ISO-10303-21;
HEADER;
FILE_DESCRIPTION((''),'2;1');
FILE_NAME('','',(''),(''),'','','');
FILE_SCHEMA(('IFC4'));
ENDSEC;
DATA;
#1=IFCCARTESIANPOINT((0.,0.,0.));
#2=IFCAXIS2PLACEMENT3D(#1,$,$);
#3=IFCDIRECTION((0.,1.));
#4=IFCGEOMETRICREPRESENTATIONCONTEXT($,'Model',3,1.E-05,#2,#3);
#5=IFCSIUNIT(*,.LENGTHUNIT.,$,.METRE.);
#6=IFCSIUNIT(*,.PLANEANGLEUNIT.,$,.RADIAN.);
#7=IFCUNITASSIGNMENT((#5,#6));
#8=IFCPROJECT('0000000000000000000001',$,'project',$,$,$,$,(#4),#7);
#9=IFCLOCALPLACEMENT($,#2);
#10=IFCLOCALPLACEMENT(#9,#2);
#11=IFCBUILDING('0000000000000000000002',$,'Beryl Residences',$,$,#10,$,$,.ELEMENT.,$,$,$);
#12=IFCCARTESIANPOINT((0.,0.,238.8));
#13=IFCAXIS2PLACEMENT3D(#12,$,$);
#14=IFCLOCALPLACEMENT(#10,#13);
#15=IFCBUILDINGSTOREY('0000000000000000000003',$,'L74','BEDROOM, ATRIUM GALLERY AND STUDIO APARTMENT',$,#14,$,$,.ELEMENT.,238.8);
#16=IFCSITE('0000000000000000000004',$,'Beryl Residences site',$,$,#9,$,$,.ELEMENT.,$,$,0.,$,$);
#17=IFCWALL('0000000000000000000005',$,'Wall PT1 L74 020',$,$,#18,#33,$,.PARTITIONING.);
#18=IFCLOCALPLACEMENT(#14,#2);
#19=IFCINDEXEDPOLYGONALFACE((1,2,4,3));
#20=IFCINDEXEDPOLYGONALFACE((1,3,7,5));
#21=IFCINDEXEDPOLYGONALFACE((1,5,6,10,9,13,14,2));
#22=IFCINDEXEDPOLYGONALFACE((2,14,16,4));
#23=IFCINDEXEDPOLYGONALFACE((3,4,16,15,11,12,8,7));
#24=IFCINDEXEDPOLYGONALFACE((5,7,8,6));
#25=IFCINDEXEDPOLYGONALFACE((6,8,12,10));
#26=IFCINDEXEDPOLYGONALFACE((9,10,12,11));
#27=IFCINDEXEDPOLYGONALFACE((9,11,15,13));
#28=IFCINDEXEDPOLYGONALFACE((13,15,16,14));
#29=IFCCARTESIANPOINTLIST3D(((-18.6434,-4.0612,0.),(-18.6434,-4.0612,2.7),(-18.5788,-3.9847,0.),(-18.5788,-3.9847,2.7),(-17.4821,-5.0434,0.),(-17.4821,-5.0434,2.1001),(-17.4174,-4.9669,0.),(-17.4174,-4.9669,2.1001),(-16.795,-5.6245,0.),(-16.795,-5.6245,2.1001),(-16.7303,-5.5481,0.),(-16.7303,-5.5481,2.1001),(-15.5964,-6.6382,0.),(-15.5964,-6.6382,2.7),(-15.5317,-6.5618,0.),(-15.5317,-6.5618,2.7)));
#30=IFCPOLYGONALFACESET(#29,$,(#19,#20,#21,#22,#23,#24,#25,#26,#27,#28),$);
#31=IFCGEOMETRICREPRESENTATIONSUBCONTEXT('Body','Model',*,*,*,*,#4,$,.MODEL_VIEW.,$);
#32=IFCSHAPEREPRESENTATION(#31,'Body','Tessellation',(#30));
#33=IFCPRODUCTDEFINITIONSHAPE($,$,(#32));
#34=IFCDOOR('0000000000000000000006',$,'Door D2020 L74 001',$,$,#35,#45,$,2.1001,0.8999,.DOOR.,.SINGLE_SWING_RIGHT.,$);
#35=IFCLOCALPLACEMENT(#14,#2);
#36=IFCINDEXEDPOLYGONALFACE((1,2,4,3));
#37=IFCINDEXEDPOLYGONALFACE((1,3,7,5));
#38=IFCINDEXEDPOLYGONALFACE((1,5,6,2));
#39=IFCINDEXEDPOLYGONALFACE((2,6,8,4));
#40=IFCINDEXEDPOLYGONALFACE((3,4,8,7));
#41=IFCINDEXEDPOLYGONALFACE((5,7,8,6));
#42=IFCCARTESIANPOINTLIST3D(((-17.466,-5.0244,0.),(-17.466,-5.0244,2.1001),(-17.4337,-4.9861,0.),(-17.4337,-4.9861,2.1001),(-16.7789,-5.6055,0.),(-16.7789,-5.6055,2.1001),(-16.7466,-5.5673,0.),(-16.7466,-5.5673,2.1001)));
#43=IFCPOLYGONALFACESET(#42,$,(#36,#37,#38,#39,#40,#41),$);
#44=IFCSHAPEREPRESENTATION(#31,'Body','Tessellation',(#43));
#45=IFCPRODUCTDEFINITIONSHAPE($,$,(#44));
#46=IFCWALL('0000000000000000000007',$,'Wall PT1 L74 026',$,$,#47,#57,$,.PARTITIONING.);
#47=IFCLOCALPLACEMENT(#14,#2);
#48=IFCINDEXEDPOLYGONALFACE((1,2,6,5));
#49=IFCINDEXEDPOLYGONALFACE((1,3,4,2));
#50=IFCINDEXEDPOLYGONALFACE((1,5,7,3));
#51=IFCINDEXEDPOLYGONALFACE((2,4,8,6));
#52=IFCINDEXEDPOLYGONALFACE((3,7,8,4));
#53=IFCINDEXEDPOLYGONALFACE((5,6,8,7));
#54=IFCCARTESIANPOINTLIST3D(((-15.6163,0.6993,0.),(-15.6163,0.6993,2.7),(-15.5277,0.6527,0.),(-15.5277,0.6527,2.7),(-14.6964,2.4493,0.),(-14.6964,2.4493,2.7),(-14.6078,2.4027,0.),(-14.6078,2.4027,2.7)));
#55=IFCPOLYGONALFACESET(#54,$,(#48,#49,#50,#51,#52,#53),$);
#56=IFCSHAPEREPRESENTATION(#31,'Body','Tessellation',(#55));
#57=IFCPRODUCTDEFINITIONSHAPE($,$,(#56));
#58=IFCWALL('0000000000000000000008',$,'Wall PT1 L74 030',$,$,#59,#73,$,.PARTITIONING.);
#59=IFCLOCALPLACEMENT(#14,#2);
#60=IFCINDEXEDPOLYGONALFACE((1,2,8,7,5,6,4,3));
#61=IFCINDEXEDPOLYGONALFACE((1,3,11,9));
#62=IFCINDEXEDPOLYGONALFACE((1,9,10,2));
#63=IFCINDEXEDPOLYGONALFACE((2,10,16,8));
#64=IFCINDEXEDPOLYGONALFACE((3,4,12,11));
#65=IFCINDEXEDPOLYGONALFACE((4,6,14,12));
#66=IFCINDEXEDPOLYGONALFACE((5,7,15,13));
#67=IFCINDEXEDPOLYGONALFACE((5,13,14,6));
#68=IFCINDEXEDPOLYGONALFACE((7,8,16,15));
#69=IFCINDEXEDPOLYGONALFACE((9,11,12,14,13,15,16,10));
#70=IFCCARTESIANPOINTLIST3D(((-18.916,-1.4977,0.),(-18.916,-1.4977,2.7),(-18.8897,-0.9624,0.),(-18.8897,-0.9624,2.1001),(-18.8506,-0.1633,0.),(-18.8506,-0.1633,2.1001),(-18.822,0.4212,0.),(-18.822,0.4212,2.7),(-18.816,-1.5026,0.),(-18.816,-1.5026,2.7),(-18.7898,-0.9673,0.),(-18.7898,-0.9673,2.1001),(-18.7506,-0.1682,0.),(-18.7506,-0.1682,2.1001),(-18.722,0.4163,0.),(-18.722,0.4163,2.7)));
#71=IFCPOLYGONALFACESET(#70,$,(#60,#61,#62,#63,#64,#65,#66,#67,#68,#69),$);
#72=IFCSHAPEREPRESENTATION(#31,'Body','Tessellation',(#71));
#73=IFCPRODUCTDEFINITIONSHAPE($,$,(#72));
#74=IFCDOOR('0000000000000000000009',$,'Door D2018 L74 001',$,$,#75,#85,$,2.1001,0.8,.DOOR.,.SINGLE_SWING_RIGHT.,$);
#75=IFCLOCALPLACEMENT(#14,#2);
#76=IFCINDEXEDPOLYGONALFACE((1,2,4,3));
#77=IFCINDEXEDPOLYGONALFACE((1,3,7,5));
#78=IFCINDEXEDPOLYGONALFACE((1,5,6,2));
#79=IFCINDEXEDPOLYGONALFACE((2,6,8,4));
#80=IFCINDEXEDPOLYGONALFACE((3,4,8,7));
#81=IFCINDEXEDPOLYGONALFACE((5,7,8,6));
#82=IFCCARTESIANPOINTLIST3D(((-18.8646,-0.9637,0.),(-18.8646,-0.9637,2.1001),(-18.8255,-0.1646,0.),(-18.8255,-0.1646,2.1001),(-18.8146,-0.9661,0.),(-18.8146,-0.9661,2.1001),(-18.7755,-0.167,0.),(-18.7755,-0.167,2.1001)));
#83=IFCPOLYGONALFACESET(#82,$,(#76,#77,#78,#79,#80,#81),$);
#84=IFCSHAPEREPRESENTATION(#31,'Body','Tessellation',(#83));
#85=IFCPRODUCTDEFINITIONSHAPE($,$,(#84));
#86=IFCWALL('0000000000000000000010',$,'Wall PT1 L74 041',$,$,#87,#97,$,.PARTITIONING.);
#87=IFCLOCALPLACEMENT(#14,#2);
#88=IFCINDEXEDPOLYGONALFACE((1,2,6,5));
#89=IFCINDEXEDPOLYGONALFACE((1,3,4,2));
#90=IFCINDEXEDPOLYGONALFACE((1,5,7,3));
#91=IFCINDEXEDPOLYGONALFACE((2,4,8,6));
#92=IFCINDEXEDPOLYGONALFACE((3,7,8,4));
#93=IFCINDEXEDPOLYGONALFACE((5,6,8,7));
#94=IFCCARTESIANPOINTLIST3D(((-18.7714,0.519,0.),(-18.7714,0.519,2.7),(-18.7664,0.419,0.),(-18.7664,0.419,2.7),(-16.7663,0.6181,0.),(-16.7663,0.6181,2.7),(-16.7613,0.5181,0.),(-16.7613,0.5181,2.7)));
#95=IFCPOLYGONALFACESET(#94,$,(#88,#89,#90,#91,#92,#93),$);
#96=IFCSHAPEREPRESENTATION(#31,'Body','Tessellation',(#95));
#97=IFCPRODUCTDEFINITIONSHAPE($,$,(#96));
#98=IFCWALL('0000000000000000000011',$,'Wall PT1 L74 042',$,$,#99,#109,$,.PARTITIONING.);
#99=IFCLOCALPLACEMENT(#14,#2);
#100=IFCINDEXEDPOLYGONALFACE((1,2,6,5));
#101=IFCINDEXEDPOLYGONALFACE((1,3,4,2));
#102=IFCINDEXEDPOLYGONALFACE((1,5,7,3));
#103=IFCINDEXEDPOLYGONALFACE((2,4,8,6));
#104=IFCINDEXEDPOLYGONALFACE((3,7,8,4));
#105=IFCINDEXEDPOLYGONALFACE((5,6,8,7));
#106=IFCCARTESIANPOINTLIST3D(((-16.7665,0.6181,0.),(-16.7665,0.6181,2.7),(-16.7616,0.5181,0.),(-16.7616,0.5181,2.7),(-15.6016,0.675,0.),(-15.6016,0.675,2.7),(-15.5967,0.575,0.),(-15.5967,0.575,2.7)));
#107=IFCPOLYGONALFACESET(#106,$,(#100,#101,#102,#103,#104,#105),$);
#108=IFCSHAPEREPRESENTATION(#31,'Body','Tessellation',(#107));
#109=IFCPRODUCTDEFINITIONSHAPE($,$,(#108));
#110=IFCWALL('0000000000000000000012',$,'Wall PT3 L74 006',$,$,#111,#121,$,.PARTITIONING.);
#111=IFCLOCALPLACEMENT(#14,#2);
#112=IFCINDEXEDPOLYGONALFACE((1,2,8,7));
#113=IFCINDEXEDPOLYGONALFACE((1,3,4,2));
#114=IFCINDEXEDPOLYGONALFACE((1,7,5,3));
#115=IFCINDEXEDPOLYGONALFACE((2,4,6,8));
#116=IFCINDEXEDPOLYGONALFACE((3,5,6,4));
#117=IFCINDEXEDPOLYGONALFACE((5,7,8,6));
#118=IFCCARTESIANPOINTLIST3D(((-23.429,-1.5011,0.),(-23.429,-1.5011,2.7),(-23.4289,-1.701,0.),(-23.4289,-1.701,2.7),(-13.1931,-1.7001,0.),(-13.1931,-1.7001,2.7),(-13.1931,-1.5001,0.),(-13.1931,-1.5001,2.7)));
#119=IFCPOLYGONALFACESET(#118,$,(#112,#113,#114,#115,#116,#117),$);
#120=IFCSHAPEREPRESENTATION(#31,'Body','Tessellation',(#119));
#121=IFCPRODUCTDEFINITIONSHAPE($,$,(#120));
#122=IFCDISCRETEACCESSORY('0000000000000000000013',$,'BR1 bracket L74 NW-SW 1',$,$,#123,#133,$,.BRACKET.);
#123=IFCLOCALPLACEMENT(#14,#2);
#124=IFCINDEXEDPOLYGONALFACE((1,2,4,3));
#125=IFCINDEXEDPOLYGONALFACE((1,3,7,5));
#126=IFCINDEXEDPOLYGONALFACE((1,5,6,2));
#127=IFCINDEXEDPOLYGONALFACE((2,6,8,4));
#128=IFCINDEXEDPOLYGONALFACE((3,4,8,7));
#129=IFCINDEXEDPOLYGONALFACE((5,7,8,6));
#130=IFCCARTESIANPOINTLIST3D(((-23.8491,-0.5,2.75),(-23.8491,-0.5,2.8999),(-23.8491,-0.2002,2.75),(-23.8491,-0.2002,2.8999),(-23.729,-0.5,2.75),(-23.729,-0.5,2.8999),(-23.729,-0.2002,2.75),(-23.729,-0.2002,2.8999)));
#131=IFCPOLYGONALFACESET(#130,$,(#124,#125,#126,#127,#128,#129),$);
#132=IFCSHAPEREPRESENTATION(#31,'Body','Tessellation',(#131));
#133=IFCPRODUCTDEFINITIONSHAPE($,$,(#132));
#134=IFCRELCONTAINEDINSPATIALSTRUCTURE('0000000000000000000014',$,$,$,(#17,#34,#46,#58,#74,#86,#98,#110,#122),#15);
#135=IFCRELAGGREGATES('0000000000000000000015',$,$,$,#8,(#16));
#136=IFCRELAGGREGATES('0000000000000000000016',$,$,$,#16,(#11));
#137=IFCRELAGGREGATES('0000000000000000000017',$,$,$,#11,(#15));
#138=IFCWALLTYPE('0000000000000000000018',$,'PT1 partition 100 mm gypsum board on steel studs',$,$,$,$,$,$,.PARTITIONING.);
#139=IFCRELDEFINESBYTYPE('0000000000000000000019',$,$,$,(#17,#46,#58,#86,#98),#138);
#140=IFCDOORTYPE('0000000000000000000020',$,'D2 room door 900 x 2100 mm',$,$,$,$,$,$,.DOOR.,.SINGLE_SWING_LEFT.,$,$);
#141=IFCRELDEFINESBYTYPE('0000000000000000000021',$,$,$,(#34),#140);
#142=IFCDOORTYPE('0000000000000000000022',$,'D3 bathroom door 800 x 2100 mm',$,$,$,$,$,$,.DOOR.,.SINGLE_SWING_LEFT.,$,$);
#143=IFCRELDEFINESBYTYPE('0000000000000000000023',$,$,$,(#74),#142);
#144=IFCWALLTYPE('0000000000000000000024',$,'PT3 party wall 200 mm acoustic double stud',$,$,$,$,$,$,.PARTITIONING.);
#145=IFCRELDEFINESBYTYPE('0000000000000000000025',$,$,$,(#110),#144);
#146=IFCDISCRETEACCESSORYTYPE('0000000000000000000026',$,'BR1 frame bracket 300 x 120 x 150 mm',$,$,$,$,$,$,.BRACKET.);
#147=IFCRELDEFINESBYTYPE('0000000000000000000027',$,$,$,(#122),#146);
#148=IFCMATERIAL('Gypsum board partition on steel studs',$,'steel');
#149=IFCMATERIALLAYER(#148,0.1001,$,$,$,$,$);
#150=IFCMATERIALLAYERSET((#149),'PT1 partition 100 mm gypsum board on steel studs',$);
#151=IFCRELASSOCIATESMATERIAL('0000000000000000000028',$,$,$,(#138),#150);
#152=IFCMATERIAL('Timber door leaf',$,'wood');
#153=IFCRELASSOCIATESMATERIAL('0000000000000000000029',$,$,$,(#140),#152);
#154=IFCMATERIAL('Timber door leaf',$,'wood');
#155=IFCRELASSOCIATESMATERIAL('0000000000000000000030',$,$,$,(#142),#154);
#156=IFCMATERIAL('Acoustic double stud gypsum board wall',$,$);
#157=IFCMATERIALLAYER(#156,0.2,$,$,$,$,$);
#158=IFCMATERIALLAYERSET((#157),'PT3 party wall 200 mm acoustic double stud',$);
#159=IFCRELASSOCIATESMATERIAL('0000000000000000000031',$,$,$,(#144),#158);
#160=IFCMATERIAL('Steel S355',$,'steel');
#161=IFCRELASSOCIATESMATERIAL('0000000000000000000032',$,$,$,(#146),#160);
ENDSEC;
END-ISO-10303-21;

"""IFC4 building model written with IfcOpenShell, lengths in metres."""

from ifc_helpers import new_model, si_unit, direction, frame, frame_2d, origin, place, context, subcontext, project, spatial, polyline, rectangle, outline, extrude, source, transform, mapped, material, layer, layer_set, type_object, type_shapes, element, fill, save


model = new_model("IFC4")

# Units and contexts
model_context = context("Model", 3, precision=1e-05, world=origin(), true_north=direction((0.0, 1.0)))
body_context = subcontext(model_context, "Body", "Model", "MODEL_VIEW")
ifc_project = project(units=[si_unit("LENGTHUNIT", "METRE"), si_unit("PLANEANGLEUNIT", "RADIAN")], contexts=[model_context])

# Site, building, storey
site_placement = place(None, origin())
site = spatial("IfcSite", under=ifc_project, at=site_placement, Name="Beryl Residences site", CompositionType="ELEMENT", RefElevation=0.0)
building_placement = place(site_placement, origin())
building = spatial("IfcBuilding", under=site, at=building_placement, Name="Beryl Residences", CompositionType="ELEMENT")
storey_placement = place(building_placement, frame((0.0, 0.0, 238.8)))
storey = spatial("IfcBuildingStorey", under=building, at=storey_placement, Name="L74", Description="BEDROOM, ATRIUM GALLERY AND STUDIO APARTMENT", CompositionType="ELEMENT", Elevation=238.8)

# Wall, opening, door
ifc_material_1 = material(Name="Gypsum board partition on steel studs", Category="steel")
ifc_layer_1 = layer(ifc_material_1, 0.1001)
ifc_layer_set_1 = layer_set([ifc_layer_1], Name="PT1 partition 100 mm gypsum board on steel studs")
wall_type_1 = type_object("IfcWallType", Name="PT1 partition 100 mm gypsum board on steel studs", PredefinedType="PARTITIONING", material=ifc_layer_set_1)
ifc_material_2 = material(Name="Timber door leaf", Category="wood")
door_type_1 = type_object("IfcDoorType", Name="D2 room door 900 x 2100 mm", OperationType="SINGLE_SWING_LEFT", PredefinedType="DOOR", material=ifc_material_2)
ifc_material_3 = material(Name="Timber door leaf", Category="wood")
door_type_2 = type_object("IfcDoorType", Name="D3 bathroom door 800 x 2100 mm", OperationType="SINGLE_SWING_LEFT", PredefinedType="DOOR", material=ifc_material_3)
wall_1_placement = place(storey_placement, frame((-18.6111, -4.0229, 0.0), z_axis=(0.0, 0.0, 1.0), x_axis=(0.763532, -0.645769, 0.0)))
wall_1 = element("IfcWall", 1, at=wall_1_placement, inside=storey, type_object=wall_type_1, Name="Wall PT1 L74 020", PredefinedType="PARTITIONING", context=body_context, shape_type="SweptSolid", body=[
    extrude(rectangle(XDim=3.9907, YDim=0.1001, at=frame_2d((1.9954, 0.0))), origin(), (0.0, 0.0, 1.0), 2.7),
])
opening_1_placement = place(wall_1_placement, frame((1.521, 0.0, 0.0)))
opening_1 = element("IfcOpeningElement", 2, at=opening_1_placement, cuts=wall_1, PredefinedType="OPENING", context=body_context, shape_type="SweptSolid", body=[
    extrude(rectangle(XDim=0.8999, YDim=2.1001, at=frame_2d((0.45, 1.05))), frame((0.0, 0.0601, 0.0), z_axis=(0.0, -1.0, 0.0), x_axis=(1.0, 0.0, 0.0)), (0.0, 0.0, 1.0), 0.1201),
])
door_1_placement = place(opening_1_placement, origin())
door_1 = element("IfcDoor", 3, at=door_1_placement, inside=storey, type_object=door_type_1, Name="Door D2020 L74 001", OperationType="SINGLE_SWING_RIGHT", OverallHeight=2.1001, OverallWidth=0.8999, PredefinedType="DOOR", context=body_context, shape_type="SweptSolid", body=[
    extrude(rectangle(XDim=0.8999, YDim=2.1001, at=frame_2d((0.45, 1.05))), frame((0.0, 0.0249, 0.0), z_axis=(0.0, -1.0, 0.0), x_axis=(1.0, 0.0, 0.0)), (0.0, 0.0, 1.0), 0.05),
])
fill(opening_1, door_1)

# Wall
wall_2_placement = place(storey_placement, frame((-15.572, 0.676, 0.0), z_axis=(0.0, 0.0, 1.0), x_axis=(0.465298, 0.885154, 0.0)))
element("IfcWall", 4, at=wall_2_placement, inside=storey, type_object=wall_type_1, Name="Wall PT1 L74 026", PredefinedType="PARTITIONING", context=body_context, shape_type="SweptSolid", body=[
    extrude(rectangle(XDim=1.9771, YDim=0.1001, at=frame_2d((0.9885, 0.0))), origin(), (0.0, 0.0, 1.0), 2.7),
])

# Wall, opening, door
wall_3_placement = place(storey_placement, frame((-18.866, -1.5, 0.0), z_axis=(0.0, 0.0, 1.0), x_axis=(0.048924, 0.998803, 0.0)))
wall_3 = element("IfcWall", 5, at=wall_3_placement, inside=storey, type_object=wall_type_1, Name="Wall PT1 L74 030", PredefinedType="PARTITIONING", context=body_context, shape_type="SweptSolid", body=[
    extrude(rectangle(XDim=1.9211, YDim=0.1001, at=frame_2d((0.9604, 0.0))), origin(), (0.0, 0.0, 1.0), 2.7),
])
opening_2_placement = place(wall_3_placement, frame((0.5359, 0.0, 0.0)))
opening_2 = element("IfcOpeningElement", 6, at=opening_2_placement, cuts=wall_3, PredefinedType="OPENING", context=body_context, shape_type="SweptSolid", body=[
    extrude(rectangle(XDim=0.8, YDim=2.1001, at=frame_2d((0.3999, 1.05))), frame((0.0, 0.0601, 0.0), z_axis=(0.0, -1.0, 0.0), x_axis=(1.0, 0.0, 0.0)), (0.0, 0.0, 1.0), 0.1201),
])
door_2_placement = place(opening_2_placement, origin())
door_2 = element("IfcDoor", 7, at=door_2_placement, inside=storey, type_object=door_type_2, Name="Door D2018 L74 001", OperationType="SINGLE_SWING_RIGHT", OverallHeight=2.1001, OverallWidth=0.8, PredefinedType="DOOR", context=body_context, shape_type="SweptSolid", body=[
    extrude(rectangle(XDim=0.8, YDim=2.1001, at=frame_2d((0.3999, 1.05))), frame((0.0, 0.0249, 0.0), z_axis=(0.0, -1.0, 0.0), x_axis=(1.0, 0.0, 0.0)), (0.0, 0.0, 1.0), 0.05),
])
fill(opening_2, door_2)

# Walls
wall_4_placement = place(storey_placement, frame((-18.769, 0.469, 0.0), z_axis=(0.0, 0.0, 1.0), x_axis=(0.99878, 0.049374, 0.0)))
element("IfcWall", 8, at=wall_4_placement, inside=storey, type_object=wall_type_1, Name="Wall PT1 L74 041", PredefinedType="PARTITIONING", context=body_context, shape_type="SweptSolid", body=[
    extrude(rectangle(XDim=2.0076, YDim=0.1001, at=frame_2d((1.0039, 0.0))), origin(), (0.0, 0.0, 1.0), 2.7),
])
wall_5_placement = place(storey_placement, frame((-16.7639, 0.5681, 0.0), z_axis=(0.0, 0.0, 1.0), x_axis=(0.99881, 0.048779, 0.0)))
element("IfcWall", 9, at=wall_5_placement, inside=storey, type_object=wall_type_1, Name="Wall PT1 L74 042", PredefinedType="PARTITIONING", context=body_context, shape_type="SweptSolid", body=[
    extrude(rectangle(XDim=1.1663, YDim=0.1001, at=frame_2d((0.583, 0.0))), origin(), (0.0, 0.0, 1.0), 2.7),
])
ifc_material_4 = material(Name="Acoustic double stud gypsum board wall")
ifc_layer_2 = layer(ifc_material_4, 0.2)
ifc_layer_set_2 = layer_set([ifc_layer_2], Name="PT3 party wall 200 mm acoustic double stud")
wall_type_2 = type_object("IfcWallType", Name="PT3 party wall 200 mm acoustic double stud", PredefinedType="PARTITIONING", material=ifc_layer_set_2)
wall_6_placement = place(storey_placement, frame((-23.429, -1.6011, 0.0), z_axis=(0.0, 0.0, 1.0), x_axis=(1.0, 0.000095, 0.0)))
element("IfcWall", 10, at=wall_6_placement, inside=storey, type_object=wall_type_2, Name="Wall PT3 L74 006", PredefinedType="PARTITIONING", context=body_context, shape_type="SweptSolid", body=[
    extrude(rectangle(XDim=10.2358, YDim=0.2, at=frame_2d((5.1179, 0.0))), origin(), (0.0, 0.0, 1.0), 2.7),
])

# Discrete accessory
ifc_material_5 = material(Name="Steel S355", Category="steel")
discrete_accessory_type = type_object("IfcDiscreteAccessoryType", Name="BR1 frame bracket 300 x 120 x 150 mm", PredefinedType="BRACKET", material=ifc_material_5)
shared_shape_1 = source(origin(), body_context, "Body", "SweptSolid", [
    extrude(outline(polyline([(-0.1499, 0.0), (0.1499, 0.0), (0.1499, 0.1201), (-0.1499, 0.1201), (-0.1499, 0.0)])), origin(), (0.0, 0.0, 1.0), 0.1499),
])
type_shapes(discrete_accessory_type, [shared_shape_1])
discrete_accessory_placement = place(storey_placement, frame((-23.729, -0.3501, 2.75), z_axis=(0.0, 0.0, 1.0), x_axis=(0.0, 1.0, 0.0)))
element("IfcDiscreteAccessory", 11, at=discrete_accessory_placement, inside=storey, type_object=discrete_accessory_type, Name="BR1 bracket L74 NW-SW 1", PredefinedType="BRACKET", context=body_context, shape_type="MappedRepresentation", body=[
    mapped(shared_shape_1, transform((0.0, 0.0, 0.0))),
])

save(model, "model.ifc")
